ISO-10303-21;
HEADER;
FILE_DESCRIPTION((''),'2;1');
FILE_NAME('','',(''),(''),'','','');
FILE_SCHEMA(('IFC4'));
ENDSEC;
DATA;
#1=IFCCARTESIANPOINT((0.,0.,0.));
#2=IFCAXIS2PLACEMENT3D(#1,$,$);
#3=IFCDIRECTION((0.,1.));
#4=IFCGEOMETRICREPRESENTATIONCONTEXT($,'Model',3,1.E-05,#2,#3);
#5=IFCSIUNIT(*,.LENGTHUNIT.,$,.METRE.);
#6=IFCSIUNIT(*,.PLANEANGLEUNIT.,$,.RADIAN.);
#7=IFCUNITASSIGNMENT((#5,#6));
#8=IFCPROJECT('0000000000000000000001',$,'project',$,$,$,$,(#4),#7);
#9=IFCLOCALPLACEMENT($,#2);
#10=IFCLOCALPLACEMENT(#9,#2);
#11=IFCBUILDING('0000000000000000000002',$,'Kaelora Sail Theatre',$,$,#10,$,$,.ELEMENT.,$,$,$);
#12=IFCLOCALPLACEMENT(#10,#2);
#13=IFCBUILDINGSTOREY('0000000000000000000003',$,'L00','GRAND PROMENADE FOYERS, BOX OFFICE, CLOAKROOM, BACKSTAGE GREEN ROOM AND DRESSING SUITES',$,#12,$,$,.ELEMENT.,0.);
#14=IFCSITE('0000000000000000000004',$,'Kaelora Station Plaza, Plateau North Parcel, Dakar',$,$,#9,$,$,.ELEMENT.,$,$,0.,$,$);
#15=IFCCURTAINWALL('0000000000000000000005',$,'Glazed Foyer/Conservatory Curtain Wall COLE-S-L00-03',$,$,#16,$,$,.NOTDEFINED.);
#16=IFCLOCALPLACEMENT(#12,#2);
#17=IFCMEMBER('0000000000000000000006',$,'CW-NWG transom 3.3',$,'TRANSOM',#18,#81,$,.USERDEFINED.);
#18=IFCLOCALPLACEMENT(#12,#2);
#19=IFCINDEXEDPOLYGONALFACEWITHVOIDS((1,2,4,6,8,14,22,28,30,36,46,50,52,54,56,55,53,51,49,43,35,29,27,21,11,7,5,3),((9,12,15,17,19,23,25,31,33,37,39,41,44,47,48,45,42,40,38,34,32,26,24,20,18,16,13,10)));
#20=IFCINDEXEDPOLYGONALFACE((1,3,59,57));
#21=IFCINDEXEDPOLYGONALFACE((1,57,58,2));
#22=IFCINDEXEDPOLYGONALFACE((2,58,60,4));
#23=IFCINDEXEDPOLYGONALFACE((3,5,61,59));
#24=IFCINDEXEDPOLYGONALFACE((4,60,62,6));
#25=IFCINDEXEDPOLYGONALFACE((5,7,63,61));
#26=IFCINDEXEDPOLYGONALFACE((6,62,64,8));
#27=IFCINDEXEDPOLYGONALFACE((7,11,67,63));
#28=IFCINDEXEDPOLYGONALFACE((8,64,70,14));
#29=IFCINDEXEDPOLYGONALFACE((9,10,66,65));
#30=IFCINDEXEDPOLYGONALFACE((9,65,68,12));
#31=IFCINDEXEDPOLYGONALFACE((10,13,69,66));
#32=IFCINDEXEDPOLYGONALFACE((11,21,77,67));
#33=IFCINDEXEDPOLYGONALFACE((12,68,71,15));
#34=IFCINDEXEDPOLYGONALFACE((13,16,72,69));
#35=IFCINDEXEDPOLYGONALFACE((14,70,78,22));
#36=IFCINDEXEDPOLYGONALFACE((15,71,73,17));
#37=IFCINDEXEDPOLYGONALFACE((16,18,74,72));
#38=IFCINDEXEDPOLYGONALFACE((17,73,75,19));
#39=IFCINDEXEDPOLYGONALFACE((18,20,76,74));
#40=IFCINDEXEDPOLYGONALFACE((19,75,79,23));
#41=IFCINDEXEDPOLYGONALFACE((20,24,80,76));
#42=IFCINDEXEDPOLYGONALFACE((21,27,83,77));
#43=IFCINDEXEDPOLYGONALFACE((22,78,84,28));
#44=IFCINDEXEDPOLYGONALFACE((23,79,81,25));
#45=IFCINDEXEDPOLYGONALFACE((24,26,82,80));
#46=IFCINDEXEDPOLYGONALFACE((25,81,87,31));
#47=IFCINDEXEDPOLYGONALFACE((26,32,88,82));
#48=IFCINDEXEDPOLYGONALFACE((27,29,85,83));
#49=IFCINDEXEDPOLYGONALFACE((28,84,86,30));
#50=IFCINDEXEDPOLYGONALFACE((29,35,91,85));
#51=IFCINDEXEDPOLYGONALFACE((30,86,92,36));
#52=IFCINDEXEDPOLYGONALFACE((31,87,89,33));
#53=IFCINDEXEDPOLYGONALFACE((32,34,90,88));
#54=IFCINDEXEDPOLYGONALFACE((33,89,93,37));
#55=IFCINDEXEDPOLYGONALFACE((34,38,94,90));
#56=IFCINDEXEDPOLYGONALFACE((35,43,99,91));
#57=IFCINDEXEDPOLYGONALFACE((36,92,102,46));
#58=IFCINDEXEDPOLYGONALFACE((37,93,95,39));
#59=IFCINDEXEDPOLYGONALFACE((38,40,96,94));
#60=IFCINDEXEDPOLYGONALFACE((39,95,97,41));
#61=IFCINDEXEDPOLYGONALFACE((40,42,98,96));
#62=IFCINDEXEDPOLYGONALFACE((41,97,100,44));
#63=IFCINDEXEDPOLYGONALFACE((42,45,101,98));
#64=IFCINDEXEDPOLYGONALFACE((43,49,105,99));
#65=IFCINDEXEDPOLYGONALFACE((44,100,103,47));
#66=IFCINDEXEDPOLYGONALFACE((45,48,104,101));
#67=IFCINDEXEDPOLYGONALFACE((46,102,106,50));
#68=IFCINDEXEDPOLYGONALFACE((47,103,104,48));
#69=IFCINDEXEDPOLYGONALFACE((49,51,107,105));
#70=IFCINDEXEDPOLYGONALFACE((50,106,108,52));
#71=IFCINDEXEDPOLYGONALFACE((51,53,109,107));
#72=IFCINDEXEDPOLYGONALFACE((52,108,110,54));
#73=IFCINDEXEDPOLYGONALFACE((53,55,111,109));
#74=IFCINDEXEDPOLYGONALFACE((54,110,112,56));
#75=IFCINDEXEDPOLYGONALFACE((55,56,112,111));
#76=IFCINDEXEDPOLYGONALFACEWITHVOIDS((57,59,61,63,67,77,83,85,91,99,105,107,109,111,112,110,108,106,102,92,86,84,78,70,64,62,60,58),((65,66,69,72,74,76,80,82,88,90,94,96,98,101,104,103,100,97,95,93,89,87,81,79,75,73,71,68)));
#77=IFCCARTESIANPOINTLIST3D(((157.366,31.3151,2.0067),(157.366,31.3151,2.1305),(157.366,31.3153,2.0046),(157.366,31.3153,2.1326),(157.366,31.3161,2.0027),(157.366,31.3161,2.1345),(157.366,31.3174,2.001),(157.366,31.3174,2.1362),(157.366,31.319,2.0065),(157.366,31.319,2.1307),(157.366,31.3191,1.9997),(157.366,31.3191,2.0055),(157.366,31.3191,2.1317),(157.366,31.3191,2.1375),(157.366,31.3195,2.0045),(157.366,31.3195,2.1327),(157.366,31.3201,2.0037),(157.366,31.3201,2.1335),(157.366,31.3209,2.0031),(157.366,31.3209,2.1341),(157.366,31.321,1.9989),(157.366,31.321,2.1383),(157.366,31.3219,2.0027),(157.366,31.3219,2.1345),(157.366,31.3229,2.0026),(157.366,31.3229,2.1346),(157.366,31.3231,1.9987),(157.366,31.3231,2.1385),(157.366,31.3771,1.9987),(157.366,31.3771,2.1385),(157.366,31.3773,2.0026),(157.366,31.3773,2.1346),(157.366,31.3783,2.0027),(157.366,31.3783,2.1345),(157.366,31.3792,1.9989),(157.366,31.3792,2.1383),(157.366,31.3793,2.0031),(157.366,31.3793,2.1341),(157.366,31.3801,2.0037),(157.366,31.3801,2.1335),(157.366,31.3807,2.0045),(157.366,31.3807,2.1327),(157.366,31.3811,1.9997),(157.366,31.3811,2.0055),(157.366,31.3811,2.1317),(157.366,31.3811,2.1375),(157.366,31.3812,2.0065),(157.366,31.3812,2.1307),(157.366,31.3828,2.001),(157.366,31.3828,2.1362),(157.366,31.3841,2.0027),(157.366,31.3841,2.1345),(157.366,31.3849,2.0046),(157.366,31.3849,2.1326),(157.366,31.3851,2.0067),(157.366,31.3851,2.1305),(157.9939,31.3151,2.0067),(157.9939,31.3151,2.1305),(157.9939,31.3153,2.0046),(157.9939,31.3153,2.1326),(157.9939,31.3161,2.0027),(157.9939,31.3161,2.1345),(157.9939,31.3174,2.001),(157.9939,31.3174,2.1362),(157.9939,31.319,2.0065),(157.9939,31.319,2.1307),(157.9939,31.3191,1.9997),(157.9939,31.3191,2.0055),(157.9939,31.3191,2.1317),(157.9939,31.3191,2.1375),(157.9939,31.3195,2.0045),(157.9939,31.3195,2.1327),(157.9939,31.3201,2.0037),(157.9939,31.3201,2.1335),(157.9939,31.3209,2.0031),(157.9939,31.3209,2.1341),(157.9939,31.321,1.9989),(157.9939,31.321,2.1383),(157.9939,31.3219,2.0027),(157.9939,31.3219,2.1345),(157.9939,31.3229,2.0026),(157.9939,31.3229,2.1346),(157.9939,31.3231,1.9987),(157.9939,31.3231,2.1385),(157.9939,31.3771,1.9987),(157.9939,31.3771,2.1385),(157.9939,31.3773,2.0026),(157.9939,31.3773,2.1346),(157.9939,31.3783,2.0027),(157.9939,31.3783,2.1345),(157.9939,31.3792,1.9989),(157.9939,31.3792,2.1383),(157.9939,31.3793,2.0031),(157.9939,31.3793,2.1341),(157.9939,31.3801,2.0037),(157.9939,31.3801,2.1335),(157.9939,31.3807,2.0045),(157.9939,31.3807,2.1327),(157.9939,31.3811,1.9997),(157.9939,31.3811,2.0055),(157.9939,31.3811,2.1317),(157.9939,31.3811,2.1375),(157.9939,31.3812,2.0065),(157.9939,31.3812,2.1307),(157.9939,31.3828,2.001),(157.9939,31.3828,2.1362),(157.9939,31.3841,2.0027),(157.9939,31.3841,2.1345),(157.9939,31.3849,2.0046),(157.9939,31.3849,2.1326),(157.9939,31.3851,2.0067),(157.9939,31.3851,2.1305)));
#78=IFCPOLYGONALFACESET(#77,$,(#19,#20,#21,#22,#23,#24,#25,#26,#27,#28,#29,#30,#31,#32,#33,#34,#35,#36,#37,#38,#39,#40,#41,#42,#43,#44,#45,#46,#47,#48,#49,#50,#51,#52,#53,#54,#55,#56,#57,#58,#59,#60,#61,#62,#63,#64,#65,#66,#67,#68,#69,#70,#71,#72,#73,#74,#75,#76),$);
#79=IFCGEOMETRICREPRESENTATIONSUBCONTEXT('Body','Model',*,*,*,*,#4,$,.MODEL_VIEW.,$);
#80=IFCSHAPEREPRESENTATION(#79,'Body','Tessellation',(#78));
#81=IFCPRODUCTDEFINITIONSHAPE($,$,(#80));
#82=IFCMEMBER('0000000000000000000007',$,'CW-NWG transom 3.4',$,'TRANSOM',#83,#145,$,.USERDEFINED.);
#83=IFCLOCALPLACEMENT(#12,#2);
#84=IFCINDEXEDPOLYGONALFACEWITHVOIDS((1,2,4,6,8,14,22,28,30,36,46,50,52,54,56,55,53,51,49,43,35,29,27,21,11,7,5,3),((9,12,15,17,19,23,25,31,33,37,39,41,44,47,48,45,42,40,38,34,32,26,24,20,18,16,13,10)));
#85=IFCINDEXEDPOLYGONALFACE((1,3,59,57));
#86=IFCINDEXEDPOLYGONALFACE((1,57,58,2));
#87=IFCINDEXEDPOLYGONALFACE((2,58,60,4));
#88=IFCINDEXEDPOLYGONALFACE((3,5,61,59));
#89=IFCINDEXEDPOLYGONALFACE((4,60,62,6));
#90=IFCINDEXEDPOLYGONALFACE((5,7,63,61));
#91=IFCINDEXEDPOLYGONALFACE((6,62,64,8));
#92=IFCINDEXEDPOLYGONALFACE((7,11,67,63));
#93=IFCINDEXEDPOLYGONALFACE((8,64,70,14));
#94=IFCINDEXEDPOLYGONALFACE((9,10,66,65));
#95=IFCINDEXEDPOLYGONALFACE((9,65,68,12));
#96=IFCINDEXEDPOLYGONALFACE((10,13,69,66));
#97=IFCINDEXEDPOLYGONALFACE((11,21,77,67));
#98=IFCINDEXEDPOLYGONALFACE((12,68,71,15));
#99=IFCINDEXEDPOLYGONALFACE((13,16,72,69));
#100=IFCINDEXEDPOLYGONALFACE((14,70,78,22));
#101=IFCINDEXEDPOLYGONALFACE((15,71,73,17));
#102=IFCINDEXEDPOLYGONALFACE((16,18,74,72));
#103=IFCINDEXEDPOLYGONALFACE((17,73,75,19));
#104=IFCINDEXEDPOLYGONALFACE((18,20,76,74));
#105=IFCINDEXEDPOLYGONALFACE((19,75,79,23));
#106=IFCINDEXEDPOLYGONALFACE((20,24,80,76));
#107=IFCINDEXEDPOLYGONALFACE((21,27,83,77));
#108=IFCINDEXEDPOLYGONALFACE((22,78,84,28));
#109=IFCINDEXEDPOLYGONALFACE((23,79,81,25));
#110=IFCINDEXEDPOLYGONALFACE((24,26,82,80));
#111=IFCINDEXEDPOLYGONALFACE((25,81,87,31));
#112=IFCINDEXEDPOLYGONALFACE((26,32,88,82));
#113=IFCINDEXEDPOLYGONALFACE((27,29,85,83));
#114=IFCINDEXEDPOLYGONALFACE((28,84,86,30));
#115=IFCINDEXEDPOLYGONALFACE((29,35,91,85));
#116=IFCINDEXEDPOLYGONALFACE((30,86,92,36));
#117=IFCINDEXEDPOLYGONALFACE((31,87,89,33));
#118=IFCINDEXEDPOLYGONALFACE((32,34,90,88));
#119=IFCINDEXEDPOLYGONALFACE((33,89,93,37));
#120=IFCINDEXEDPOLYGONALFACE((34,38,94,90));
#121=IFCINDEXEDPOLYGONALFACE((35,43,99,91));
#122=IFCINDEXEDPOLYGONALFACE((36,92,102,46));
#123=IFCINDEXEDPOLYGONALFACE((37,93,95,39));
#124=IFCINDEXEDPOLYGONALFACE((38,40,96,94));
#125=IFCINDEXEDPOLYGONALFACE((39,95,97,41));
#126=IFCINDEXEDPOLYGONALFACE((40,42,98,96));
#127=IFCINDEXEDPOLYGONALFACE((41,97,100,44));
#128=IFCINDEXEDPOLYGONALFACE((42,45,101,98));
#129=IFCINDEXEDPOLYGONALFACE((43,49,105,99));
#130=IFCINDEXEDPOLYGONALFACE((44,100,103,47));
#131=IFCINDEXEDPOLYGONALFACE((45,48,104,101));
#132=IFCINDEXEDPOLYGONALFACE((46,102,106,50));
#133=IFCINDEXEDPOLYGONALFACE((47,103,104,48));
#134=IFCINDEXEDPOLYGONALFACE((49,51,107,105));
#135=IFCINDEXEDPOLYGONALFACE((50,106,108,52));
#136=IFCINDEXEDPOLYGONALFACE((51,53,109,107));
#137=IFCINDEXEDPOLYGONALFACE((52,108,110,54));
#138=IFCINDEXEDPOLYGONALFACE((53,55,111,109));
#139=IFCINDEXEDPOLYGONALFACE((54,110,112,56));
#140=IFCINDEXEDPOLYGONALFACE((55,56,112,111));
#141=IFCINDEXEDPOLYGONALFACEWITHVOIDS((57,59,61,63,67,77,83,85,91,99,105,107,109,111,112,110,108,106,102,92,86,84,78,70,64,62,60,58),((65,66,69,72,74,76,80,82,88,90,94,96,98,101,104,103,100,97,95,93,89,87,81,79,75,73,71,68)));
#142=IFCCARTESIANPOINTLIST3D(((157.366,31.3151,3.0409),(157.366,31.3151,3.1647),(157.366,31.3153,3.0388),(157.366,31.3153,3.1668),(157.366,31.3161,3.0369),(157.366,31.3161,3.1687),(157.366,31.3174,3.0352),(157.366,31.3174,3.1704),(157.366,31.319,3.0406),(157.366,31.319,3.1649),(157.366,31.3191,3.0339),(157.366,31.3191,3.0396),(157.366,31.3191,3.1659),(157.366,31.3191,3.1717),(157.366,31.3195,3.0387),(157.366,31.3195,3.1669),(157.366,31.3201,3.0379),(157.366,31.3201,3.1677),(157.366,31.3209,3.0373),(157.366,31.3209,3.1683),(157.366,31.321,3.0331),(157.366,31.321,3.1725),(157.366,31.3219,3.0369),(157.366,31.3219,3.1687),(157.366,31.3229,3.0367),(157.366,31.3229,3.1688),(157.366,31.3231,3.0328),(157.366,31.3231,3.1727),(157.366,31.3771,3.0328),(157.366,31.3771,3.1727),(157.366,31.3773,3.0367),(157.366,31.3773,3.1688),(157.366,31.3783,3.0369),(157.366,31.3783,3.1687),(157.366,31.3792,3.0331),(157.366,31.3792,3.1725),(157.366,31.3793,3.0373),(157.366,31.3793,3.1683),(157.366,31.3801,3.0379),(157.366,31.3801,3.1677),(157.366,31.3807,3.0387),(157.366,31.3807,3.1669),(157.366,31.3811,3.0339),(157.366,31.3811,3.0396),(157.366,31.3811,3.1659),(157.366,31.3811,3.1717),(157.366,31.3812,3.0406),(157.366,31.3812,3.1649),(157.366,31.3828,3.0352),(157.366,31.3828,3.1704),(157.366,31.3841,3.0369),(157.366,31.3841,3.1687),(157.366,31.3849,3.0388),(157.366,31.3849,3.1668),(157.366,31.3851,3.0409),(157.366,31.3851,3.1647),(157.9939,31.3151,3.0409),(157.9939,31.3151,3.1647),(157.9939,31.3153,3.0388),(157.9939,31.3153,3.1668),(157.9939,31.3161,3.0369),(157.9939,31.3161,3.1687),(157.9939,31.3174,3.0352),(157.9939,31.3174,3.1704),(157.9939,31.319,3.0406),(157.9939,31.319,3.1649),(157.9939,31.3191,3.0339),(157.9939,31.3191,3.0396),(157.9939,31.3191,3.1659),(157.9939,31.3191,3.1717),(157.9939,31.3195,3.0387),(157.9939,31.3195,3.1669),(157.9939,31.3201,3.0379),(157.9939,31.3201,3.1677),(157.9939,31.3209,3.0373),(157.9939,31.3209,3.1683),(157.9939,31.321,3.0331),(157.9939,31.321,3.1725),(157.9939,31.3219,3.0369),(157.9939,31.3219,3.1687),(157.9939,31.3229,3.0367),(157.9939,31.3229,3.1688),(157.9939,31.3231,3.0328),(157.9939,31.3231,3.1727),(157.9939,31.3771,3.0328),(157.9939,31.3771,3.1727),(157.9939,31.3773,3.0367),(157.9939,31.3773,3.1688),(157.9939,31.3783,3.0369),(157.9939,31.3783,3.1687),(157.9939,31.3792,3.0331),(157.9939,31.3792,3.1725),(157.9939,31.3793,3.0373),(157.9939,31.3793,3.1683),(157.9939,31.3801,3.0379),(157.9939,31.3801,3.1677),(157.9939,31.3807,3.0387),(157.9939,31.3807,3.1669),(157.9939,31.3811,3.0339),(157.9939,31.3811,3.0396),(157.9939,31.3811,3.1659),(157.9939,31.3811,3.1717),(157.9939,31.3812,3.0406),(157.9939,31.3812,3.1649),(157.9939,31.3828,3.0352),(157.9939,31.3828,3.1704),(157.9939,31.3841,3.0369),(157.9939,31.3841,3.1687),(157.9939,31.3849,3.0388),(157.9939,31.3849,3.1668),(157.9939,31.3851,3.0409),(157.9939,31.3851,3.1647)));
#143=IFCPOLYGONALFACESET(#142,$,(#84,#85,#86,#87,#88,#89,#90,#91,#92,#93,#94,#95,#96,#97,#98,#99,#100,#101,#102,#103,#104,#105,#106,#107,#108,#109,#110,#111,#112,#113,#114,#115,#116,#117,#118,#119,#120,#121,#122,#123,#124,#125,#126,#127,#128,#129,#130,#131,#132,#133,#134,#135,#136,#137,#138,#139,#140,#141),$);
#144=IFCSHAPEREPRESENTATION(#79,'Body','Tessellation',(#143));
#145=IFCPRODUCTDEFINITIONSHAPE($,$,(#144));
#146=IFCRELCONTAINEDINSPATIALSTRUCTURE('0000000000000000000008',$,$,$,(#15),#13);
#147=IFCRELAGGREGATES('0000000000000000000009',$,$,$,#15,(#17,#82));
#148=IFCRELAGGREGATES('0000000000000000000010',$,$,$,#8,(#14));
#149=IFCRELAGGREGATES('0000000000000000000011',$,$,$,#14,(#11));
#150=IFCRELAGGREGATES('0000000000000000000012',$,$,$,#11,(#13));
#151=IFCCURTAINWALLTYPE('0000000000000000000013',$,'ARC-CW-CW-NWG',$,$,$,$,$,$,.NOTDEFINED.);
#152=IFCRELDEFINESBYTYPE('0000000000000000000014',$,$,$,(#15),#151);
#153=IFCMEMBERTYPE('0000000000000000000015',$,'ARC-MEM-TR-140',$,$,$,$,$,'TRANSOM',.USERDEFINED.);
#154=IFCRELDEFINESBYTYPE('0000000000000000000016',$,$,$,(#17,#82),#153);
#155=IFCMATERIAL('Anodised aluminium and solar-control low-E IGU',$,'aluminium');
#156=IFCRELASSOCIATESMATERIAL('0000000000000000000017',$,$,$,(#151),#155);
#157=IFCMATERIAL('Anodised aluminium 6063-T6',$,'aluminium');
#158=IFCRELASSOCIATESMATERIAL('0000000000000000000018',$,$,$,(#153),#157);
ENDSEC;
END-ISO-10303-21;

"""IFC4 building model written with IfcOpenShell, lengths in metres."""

from ifc_helpers import new_model, si_unit, direction, frame, origin, origin_2d, place, context, subcontext, project, spatial, hollow_rectangle, extrude, material, material_profile, profile_set, type_object, element, aggregate, save


model = new_model("IFC4")

# Units and contexts
model_context = context("Model", 3, precision=1e-05, world=origin(), true_north=direction((0.0, 1.0)))
body_context = subcontext(model_context, "Body", "Model", "MODEL_VIEW")
ifc_project = project(units=[si_unit("LENGTHUNIT", "METRE"), si_unit("PLANEANGLEUNIT", "RADIAN")], contexts=[model_context])

# Site, building, storey
site_placement = place(None, origin())
site = spatial("IfcSite", under=ifc_project, at=site_placement, Name="Kaelora Station Plaza, Plateau North Parcel, Dakar", CompositionType="ELEMENT", RefElevation=0.0)
building_placement = place(site_placement, origin())
building = spatial("IfcBuilding", under=site, at=building_placement, Name="Kaelora Sail Theatre", CompositionType="ELEMENT")
storey_placement = place(building_placement, origin())
storey = spatial("IfcBuildingStorey", under=building, at=storey_placement, Name="L00", Description="GRAND PROMENADE FOYERS, BOX OFFICE, CLOAKROOM, BACKSTAGE GREEN ROOM AND DRESSING SUITES", CompositionType="ELEMENT", Elevation=0.0)

# Curtain wall, members
ifc_material_1 = material(Name="Anodised aluminium and solar-control low-E IGU", Category="aluminium")
curtain_wall_type = type_object("IfcCurtainWallType", Name="ARC-CW-CW-NWG", PredefinedType="NOTDEFINED", material=ifc_material_1)
curtain_wall_1_placement = place(storey_placement, origin())
curtain_wall_1 = element("IfcCurtainWall", 1, at=curtain_wall_1_placement, inside=storey, type_object=curtain_wall_type, Name="Glazed Foyer/Conservatory Curtain Wall COLE-S-L00-03", PredefinedType="NOTDEFINED")
ifc_material_2 = material(Name="Anodised aluminium 6063-T6", Category="aluminium")
ifc_material_profile = material_profile(ifc_material_2, hollow_rectangle(XDim=0.0701, YDim=0.1399, WallThickness=0.0039, InnerFilletRadius=0.0039, OuterFilletRadius=0.0081, at=origin_2d()), Name="ALU-TRAN 70x140x4")
ifc_profile_set = profile_set([ifc_material_profile], Name="Anodised aluminium 6063-T6")
member_type = type_object("IfcMemberType", Name="ARC-MEM-TR-140", ElementType="TRANSOM", PredefinedType="USERDEFINED", material=ifc_profile_set)
member_1_placement = place(storey_placement, frame((157.366, 31.3501, 2.0686), z_axis=(1.0, 0.0, 0.0), x_axis=(0.0, 1.0, 0.0)))
member_1 = element("IfcMember", 2, at=member_1_placement, type_object=member_type, Name="CW-NWG transom 3.3", ObjectType="TRANSOM", PredefinedType="USERDEFINED", context=body_context, shape_type="SweptSolid", body=[
    extrude(hollow_rectangle(XDim=0.0701, YDim=0.1399, WallThickness=0.0039, InnerFilletRadius=0.0039, OuterFilletRadius=0.0081, at=origin_2d()), origin(), (0.0, 0.0, 1.0), 0.6279),
])
member_2_placement = place(storey_placement, frame((157.366, 31.3501, 3.1028), z_axis=(1.0, 0.0, 0.0), x_axis=(0.0, 1.0, 0.0)))
member_2 = element("IfcMember", 3, at=member_2_placement, type_object=member_type, Name="CW-NWG transom 3.4", ObjectType="TRANSOM", PredefinedType="USERDEFINED", context=body_context, shape_type="SweptSolid", body=[
    extrude(hollow_rectangle(XDim=0.0701, YDim=0.1399, WallThickness=0.0039, InnerFilletRadius=0.0039, OuterFilletRadius=0.0081, at=origin_2d()), origin(), (0.0, 0.0, 1.0), 0.6279),
])

aggregate(curtain_wall_1, [member_1, member_2])

save(model, "model.ifc")
